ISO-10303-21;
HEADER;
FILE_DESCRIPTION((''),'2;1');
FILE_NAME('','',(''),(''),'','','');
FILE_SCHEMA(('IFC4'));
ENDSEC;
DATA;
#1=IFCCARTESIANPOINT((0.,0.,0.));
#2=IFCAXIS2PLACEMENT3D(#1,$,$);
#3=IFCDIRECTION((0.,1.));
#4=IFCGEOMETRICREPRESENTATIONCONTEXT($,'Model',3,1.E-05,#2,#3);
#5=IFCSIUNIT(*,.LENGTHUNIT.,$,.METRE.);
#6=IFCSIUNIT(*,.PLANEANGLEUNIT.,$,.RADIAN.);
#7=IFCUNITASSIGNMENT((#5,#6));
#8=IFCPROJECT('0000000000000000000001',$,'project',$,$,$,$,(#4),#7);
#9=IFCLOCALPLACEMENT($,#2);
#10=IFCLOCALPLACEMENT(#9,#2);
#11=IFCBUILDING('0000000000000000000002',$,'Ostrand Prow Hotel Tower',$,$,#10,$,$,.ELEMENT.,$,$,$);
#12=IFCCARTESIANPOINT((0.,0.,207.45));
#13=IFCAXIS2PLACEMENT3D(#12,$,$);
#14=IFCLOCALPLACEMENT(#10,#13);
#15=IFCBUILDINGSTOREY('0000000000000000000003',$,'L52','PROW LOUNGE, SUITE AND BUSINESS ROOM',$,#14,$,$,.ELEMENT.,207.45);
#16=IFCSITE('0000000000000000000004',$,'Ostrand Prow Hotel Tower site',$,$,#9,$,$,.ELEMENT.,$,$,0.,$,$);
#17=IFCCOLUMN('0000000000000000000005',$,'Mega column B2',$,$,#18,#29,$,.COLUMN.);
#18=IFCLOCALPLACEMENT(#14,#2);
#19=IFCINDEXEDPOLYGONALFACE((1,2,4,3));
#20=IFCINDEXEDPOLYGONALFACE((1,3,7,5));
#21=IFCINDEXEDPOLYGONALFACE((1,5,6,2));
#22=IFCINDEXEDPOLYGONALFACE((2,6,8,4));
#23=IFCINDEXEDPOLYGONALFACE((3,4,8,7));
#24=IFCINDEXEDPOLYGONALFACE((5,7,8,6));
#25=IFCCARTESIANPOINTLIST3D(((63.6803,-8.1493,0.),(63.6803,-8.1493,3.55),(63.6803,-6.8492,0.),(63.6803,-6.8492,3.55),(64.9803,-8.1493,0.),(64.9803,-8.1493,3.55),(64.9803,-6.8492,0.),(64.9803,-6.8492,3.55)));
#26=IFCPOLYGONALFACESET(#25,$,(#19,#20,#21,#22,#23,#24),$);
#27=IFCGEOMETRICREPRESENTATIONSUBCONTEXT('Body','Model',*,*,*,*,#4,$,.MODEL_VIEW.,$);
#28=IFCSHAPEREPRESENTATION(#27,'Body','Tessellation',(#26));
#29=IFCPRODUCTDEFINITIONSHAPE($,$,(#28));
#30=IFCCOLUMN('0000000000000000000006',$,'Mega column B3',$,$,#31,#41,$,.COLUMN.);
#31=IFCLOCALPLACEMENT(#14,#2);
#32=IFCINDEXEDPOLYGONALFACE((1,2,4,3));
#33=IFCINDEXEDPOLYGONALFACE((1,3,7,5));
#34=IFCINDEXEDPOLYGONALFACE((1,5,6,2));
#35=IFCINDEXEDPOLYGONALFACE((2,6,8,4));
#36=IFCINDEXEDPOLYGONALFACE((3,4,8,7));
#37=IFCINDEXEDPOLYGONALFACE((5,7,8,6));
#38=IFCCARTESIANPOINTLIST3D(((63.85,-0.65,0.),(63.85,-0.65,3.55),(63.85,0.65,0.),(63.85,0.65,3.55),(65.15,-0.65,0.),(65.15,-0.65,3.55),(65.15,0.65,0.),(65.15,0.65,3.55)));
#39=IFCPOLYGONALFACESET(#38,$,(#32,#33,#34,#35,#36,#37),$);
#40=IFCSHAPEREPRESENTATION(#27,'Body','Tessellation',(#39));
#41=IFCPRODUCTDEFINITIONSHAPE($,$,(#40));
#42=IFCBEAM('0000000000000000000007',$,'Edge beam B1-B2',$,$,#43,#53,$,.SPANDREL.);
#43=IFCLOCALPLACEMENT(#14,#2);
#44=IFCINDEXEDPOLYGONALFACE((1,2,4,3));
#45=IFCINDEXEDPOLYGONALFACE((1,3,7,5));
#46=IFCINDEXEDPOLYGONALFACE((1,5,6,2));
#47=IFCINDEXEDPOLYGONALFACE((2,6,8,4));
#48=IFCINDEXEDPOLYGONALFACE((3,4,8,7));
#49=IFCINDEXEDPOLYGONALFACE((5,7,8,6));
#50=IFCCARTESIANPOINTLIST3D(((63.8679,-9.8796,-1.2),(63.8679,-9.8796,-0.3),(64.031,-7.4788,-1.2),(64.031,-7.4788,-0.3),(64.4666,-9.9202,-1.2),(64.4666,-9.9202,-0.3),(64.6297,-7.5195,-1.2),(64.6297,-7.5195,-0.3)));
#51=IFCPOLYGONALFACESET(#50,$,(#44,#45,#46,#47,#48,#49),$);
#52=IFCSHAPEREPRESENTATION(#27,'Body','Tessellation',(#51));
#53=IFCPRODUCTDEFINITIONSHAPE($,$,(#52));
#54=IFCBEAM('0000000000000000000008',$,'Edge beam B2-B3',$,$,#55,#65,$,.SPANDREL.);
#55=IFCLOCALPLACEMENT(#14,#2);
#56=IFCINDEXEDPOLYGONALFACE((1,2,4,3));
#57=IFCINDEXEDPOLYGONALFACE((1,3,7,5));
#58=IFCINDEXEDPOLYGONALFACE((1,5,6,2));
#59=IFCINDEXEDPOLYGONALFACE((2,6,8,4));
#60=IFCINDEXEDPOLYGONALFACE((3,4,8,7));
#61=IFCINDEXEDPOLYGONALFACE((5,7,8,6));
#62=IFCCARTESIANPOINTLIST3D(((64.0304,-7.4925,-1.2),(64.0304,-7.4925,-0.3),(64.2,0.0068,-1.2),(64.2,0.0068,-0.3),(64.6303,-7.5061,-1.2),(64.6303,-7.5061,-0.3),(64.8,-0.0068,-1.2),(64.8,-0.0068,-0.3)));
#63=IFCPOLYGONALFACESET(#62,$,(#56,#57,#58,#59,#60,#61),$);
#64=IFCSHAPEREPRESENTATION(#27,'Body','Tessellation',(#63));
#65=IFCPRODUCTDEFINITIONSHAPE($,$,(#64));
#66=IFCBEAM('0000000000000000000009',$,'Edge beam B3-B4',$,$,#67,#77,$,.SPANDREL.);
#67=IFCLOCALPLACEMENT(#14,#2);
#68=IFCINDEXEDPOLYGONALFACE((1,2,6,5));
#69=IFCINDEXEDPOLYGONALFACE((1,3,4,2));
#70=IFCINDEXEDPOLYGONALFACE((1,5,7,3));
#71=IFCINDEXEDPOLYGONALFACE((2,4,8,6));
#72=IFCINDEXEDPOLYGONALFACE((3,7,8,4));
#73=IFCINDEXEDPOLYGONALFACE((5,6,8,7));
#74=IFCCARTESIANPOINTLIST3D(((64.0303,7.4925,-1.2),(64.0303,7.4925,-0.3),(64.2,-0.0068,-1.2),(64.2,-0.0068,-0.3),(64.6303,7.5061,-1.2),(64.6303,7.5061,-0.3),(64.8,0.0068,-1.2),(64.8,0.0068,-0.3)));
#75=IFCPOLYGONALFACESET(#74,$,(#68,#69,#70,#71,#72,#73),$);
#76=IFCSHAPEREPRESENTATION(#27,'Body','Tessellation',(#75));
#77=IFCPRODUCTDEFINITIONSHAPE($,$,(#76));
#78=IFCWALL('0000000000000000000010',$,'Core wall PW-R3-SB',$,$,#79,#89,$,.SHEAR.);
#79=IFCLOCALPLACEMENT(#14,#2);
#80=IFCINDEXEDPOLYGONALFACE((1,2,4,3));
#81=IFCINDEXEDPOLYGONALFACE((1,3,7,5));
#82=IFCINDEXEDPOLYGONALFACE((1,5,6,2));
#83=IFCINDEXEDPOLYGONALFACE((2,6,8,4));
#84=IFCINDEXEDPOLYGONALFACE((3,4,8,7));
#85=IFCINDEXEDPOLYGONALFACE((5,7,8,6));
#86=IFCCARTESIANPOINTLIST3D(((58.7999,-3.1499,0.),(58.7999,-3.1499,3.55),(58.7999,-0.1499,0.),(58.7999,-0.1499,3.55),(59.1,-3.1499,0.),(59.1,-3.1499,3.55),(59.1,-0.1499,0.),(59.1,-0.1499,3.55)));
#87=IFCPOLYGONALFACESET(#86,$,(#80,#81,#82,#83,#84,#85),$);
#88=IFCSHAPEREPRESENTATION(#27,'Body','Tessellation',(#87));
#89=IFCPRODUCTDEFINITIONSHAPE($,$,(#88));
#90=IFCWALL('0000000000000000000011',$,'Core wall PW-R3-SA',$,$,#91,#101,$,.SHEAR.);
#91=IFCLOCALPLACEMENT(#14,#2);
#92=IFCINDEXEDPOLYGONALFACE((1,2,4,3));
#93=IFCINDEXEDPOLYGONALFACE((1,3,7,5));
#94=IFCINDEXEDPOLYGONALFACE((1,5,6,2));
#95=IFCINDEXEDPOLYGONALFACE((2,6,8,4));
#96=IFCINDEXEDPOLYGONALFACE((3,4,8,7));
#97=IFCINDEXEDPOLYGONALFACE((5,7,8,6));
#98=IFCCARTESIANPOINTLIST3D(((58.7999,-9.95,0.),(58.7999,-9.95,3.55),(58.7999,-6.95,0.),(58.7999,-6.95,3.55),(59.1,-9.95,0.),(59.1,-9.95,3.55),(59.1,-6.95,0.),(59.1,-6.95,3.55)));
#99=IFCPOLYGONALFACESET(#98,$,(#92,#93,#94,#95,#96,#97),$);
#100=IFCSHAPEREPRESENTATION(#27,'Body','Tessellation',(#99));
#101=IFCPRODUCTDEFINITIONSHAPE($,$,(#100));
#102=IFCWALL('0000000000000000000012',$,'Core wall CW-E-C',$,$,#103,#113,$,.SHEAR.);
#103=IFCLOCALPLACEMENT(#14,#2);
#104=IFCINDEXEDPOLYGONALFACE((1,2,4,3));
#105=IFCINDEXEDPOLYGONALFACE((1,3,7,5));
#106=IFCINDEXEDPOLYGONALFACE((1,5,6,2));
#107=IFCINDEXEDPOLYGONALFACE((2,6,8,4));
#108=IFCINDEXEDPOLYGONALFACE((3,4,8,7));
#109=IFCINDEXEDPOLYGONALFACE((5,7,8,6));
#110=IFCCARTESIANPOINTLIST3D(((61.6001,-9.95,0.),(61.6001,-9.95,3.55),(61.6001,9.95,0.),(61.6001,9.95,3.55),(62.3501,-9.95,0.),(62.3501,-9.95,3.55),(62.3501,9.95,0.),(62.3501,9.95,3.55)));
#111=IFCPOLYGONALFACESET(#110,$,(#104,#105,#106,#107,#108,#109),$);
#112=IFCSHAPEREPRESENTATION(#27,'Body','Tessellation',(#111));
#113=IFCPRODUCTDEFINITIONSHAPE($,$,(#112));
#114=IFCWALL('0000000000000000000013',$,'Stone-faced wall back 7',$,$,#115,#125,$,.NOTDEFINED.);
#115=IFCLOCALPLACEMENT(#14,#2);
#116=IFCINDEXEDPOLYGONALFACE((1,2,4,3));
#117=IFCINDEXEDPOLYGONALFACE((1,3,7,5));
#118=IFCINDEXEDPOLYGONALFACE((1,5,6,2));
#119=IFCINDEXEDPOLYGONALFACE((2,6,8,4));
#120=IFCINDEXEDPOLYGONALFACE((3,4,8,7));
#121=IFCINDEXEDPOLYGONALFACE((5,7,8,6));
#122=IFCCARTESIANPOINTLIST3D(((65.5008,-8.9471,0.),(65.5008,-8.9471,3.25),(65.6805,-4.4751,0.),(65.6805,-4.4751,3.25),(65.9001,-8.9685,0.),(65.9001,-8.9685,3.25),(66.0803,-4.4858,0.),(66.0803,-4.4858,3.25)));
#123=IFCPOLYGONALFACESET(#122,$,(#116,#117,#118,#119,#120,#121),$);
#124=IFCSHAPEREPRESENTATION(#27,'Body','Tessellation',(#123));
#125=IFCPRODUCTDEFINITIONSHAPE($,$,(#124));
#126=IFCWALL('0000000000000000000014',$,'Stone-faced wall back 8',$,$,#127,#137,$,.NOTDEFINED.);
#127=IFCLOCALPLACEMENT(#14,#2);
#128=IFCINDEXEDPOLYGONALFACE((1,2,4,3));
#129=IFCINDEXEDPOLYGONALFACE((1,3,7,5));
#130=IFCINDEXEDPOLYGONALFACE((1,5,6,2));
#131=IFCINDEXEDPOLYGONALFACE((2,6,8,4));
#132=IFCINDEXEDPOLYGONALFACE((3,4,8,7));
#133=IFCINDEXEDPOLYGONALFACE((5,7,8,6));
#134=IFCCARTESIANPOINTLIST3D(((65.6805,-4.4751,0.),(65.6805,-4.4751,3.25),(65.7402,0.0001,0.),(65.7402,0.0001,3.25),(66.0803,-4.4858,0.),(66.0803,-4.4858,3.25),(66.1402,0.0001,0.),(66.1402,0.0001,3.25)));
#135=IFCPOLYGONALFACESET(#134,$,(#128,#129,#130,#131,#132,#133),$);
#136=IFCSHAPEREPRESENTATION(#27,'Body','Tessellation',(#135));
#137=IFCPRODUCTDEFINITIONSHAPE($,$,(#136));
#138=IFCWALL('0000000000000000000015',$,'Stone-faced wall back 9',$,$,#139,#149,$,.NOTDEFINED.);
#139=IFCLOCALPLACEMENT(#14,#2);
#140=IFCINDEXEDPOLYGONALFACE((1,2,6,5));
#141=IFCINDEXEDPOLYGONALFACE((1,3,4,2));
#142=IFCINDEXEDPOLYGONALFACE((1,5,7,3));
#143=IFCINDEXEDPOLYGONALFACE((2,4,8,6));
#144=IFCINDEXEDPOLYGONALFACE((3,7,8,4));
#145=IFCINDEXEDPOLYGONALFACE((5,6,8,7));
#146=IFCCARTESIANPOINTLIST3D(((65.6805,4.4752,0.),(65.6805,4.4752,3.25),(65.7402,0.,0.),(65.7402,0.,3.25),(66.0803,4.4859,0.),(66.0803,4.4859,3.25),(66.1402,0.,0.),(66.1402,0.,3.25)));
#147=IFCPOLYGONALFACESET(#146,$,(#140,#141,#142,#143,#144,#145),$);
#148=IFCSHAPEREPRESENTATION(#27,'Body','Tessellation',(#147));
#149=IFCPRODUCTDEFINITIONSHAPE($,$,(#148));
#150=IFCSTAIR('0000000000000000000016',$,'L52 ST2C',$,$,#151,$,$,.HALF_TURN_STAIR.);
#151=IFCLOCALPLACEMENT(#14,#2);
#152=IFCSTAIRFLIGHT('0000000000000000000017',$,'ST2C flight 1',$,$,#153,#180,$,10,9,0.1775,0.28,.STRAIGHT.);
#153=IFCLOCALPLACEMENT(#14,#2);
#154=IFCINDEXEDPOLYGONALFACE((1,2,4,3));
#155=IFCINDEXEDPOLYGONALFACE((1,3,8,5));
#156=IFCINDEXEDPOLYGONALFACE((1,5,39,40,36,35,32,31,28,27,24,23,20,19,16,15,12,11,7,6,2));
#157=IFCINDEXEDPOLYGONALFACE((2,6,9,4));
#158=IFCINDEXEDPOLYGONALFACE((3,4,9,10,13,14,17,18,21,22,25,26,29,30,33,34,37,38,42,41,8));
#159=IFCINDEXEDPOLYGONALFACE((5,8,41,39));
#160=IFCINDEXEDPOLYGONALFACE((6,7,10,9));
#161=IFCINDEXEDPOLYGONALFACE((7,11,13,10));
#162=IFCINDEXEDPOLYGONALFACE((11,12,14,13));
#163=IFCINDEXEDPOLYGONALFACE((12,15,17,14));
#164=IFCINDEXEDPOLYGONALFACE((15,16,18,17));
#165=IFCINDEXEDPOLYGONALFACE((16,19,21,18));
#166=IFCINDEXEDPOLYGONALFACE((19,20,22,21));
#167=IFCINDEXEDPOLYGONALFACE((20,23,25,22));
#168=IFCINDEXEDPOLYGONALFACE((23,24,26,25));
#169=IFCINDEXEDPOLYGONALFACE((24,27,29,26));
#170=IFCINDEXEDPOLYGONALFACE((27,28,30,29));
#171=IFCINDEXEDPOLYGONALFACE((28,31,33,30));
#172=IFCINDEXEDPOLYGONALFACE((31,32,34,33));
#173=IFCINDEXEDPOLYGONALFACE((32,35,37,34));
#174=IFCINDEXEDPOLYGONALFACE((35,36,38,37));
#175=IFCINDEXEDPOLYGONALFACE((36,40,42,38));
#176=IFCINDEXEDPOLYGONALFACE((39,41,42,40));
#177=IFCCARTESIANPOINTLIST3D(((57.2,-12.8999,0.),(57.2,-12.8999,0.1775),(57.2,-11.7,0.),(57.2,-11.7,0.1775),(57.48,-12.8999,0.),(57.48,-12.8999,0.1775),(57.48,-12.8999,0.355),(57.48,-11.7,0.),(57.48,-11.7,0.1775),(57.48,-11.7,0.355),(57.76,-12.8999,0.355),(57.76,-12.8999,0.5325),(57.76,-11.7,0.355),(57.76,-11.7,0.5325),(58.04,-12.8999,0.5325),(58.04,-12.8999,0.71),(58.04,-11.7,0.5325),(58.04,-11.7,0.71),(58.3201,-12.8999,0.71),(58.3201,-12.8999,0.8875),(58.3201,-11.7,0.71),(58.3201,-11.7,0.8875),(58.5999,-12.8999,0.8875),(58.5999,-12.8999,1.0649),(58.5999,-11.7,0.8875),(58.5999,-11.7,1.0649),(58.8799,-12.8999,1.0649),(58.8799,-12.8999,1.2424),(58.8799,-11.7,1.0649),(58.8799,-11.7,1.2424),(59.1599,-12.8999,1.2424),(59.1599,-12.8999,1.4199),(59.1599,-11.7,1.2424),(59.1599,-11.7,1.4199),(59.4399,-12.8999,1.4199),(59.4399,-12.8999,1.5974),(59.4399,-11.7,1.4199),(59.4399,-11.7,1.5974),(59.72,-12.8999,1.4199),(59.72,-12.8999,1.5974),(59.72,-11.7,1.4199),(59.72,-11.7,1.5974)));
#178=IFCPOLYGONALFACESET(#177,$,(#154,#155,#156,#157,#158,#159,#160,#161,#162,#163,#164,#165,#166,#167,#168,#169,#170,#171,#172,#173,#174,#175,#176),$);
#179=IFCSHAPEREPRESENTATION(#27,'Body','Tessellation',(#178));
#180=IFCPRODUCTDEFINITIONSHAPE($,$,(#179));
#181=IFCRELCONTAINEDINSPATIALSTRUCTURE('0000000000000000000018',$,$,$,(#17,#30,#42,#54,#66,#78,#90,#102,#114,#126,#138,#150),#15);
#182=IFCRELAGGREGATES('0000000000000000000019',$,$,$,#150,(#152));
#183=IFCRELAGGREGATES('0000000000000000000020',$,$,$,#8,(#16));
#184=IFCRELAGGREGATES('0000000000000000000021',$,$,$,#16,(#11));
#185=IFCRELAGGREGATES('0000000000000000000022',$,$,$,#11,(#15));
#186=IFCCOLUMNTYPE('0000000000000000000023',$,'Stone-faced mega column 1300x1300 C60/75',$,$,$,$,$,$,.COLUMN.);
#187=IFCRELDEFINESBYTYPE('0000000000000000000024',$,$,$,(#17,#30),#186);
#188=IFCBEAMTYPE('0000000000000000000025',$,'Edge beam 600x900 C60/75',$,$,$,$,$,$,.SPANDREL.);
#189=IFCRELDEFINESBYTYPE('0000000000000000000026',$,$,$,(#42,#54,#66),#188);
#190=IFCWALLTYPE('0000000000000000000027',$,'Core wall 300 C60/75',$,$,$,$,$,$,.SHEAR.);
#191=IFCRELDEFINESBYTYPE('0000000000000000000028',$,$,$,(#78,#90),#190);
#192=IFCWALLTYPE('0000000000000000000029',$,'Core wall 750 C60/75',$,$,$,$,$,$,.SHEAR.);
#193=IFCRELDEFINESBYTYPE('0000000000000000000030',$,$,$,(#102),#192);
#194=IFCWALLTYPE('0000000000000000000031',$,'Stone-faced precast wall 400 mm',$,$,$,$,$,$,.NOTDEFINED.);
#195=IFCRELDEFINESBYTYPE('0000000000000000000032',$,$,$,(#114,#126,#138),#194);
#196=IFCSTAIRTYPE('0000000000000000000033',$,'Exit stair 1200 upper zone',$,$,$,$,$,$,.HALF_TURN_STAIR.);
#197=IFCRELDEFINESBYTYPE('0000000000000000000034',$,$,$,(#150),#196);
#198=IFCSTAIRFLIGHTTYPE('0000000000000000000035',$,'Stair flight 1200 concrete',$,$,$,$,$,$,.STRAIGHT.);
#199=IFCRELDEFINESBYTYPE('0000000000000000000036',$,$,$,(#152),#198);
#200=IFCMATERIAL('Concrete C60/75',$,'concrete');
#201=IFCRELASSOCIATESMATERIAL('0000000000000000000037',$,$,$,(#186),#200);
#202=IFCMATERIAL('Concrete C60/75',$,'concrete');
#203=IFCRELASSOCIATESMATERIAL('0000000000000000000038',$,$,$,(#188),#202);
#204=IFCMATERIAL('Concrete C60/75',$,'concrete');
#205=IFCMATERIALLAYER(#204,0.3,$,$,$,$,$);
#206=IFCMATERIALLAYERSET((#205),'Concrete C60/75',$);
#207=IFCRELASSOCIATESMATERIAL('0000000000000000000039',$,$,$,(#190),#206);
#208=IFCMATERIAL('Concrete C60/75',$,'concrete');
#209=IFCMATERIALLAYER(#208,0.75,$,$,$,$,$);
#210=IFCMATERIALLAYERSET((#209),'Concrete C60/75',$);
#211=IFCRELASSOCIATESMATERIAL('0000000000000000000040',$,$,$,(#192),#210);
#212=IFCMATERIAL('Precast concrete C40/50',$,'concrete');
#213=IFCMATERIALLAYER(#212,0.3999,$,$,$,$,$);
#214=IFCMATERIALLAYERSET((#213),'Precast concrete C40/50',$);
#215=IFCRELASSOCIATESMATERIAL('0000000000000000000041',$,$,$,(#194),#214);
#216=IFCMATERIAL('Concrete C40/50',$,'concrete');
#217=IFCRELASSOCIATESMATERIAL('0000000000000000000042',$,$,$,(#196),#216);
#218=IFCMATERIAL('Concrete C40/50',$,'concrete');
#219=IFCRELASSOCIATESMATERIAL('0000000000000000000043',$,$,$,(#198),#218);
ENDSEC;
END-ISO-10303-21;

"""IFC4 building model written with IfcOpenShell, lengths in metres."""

from ifc_helpers import new_model, si_unit, direction, frame, frame_2d, origin, origin_2d, place, context, subcontext, project, spatial, polyline, rectangle, outline, extrude, material, layer, layer_set, material_profile, profile_set, type_object, element, aggregate, save


model = new_model("IFC4")

# Units and contexts
model_context = context("Model", 3, precision=1e-05, world=origin(), true_north=direction((0.0, 1.0)))
body_context = subcontext(model_context, "Body", "Model", "MODEL_VIEW")
ifc_project = project(units=[si_unit("LENGTHUNIT", "METRE"), si_unit("PLANEANGLEUNIT", "RADIAN")], contexts=[model_context])

# Site, building, storey
site_placement = place(None, origin())
site = spatial("IfcSite", under=ifc_project, at=site_placement, Name="Ostrand Prow Hotel Tower site", CompositionType="ELEMENT", RefElevation=0.0)
building_placement = place(site_placement, origin())
building = spatial("IfcBuilding", under=site, at=building_placement, Name="Ostrand Prow Hotel Tower", CompositionType="ELEMENT")
storey_placement = place(building_placement, frame((0.0, 0.0, 207.45)))
storey = spatial("IfcBuildingStorey", under=building, at=storey_placement, Name="L52", Description="PROW LOUNGE, SUITE AND BUSINESS ROOM", CompositionType="ELEMENT", Elevation=207.45)

# Columns
ifc_material_1 = material(Name="Concrete C60/75", Category="concrete")
ifc_material_profile_1 = material_profile(ifc_material_1, rectangle(XDim=1.3, YDim=1.3, at=origin_2d()), Name="RC 1300x1300")
ifc_profile_set_1 = profile_set([ifc_material_profile_1], Name="Concrete C60/75")
column_type = type_object("IfcColumnType", Name="Stone-faced mega column 1300x1300 C60/75", PredefinedType="COLUMN", material=ifc_profile_set_1)
for number, where, z_axis, x_axis, name in (
    (1, (64.3303, -7.4993, 0.0), (0.0, 0.0, 1.0), (1.0, 0.0, 0.0), "Mega column B2"),
    (2, (64.5, 0.0, 0.0), (0.0, 0.0, 1.0), (1.0, 0.0, 0.0), "Mega column B3"),
):
    element("IfcColumn", number, at=place(storey_placement, frame(where, z_axis=z_axis, x_axis=x_axis)), inside=storey, type_object=column_type, Name=name, PredefinedType="COLUMN", context=body_context, shape_type="SweptSolid", body=[
        extrude(rectangle(XDim=1.3, YDim=1.3, at=origin_2d()), origin(), (0.0, 0.0, 1.0), 3.55),
    ])

# Beams
ifc_material_2 = material(Name="Concrete C60/75", Category="concrete")
ifc_material_profile_2 = material_profile(ifc_material_2, rectangle(XDim=0.6001, YDim=0.8999, at=origin_2d()), Name="RC 600x900")
ifc_profile_set_2 = profile_set([ifc_material_profile_2], Name="Concrete C60/75")
beam_type = type_object("IfcBeamType", Name="Edge beam 600x900 C60/75", PredefinedType="SPANDREL", material=ifc_profile_set_2)
beam_placement = place(storey_placement, frame((64.1672, -9.8999, -0.75), z_axis=(0.067778, 0.9977, 0.0), x_axis=(-0.9977, 0.067778, 0.0)))
element("IfcBeam", 3, at=beam_placement, inside=storey, type_object=beam_type, Name="Edge beam B1-B2", PredefinedType="SPANDREL", context=body_context, shape_type="SweptSolid", body=[
    extrude(rectangle(XDim=0.6001, YDim=0.8999, at=origin_2d()), origin(), (0.0, 0.0, 1.0), 2.4062),
])
for number, where, z_axis, x_axis, name in (
    (4, (64.3303, -7.4993, -0.75), (0.02262, 0.999744, 0.0), (-0.999744, 0.02262, 0.0), "Edge beam B2-B3"),
    (5, (64.5, 0.0, -0.75), (-0.02262, 0.999744, 0.0), (-0.999744, -0.02262, 0.0), "Edge beam B3-B4"),
):
    element("IfcBeam", number, at=place(storey_placement, frame(where, z_axis=z_axis, x_axis=x_axis)), inside=storey, type_object=beam_type, Name=name, PredefinedType="SPANDREL", context=body_context, shape_type="SweptSolid", body=[
        extrude(rectangle(XDim=0.6001, YDim=0.8999, at=origin_2d()), origin(), (0.0, 0.0, 1.0), 7.5012),
    ])

# Walls
ifc_material_3 = material(Name="Concrete C60/75", Category="concrete")
ifc_layer_1 = layer(ifc_material_3, 0.3)
ifc_layer_set_1 = layer_set([ifc_layer_1], Name="Concrete C60/75")
wall_type_1 = type_object("IfcWallType", Name="Core wall 300 C60/75", PredefinedType="SHEAR", material=ifc_layer_set_1)
for number, where, z_axis, x_axis, name in (
    (6, (58.95, -3.1499, 0.0), (0.0, 0.0, 1.0), (0.0, 1.0, 0.0), "Core wall PW-R3-SB"),
    (7, (58.95, -9.95, 0.0), (0.0, 0.0, 1.0), (0.0, 1.0, 0.0), "Core wall PW-R3-SA"),
):
    element("IfcWall", number, at=place(storey_placement, frame(where, z_axis=z_axis, x_axis=x_axis)), inside=storey, type_object=wall_type_1, Name=name, PredefinedType="SHEAR", context=body_context, shape_type="SweptSolid", body=[
        extrude(rectangle(XDim=3.0, YDim=0.3, at=frame_2d((1.5, 0.0))), origin(), (0.0, 0.0, 1.0), 3.55),
    ])
ifc_material_4 = material(Name="Concrete C60/75", Category="concrete")
ifc_layer_2 = layer(ifc_material_4, 0.75)
ifc_layer_set_2 = layer_set([ifc_layer_2], Name="Concrete C60/75")
wall_type_2 = type_object("IfcWallType", Name="Core wall 750 C60/75", PredefinedType="SHEAR", material=ifc_layer_set_2)
wall_placement = place(storey_placement, frame((61.9751, -9.95, 0.0), z_axis=(0.0, 0.0, 1.0), x_axis=(0.0, 1.0, 0.0)))
element("IfcWall", 8, at=wall_placement, inside=storey, type_object=wall_type_2, Name="Core wall CW-E-C", PredefinedType="SHEAR", context=body_context, shape_type="SweptSolid", body=[
    extrude(rectangle(XDim=19.8999, YDim=0.75, at=frame_2d((9.95, 0.0))), origin(), (0.0, 0.0, 1.0), 3.55),
])
ifc_material_5 = material(Name="Precast concrete C40/50", Category="concrete")
ifc_layer_3 = layer(ifc_material_5, 0.3999)
ifc_layer_set_3 = layer_set([ifc_layer_3], Name="Precast concrete C40/50")
wall_type_3 = type_object("IfcWallType", Name="Stone-faced precast wall 400 mm", PredefinedType="NOTDEFINED", material=ifc_layer_set_3)
for number, where, z_axis, x_axis, name in (
    (9, (65.7004, -8.9578, 0.0), (0.0, 0.0, 1.0), (0.040155, 0.999193, 0.0), "Stone-faced wall back 7"),
    (10, (65.8804, -4.4805, 0.0), (0.0, 0.0, 1.0), (0.013349, 0.999911, 0.0), "Stone-faced wall back 8"),
    (11, (65.9402, 0.0, 0.0), (0.0, 0.0, 1.0), (-0.013349, 0.999911, 0.0), "Stone-faced wall back 9"),
):
    element("IfcWall", number, at=place(storey_placement, frame(where, z_axis=z_axis, x_axis=x_axis)), inside=storey, type_object=wall_type_3, Name=name, PredefinedType="NOTDEFINED", context=body_context, shape_type="SweptSolid", body=[
        extrude(outline(polyline([(-0.0027, -0.2), (4.4836, -0.2), (4.4783, 0.2), (0.0027, 0.2), (-0.0027, -0.2)])), origin(), (0.0, 0.0, 1.0), 3.25),
    ])

# Stair, stair flight
ifc_material_6 = material(Name="Concrete C40/50", Category="concrete")
stair_type = type_object("IfcStairType", Name="Exit stair 1200 upper zone", PredefinedType="HALF_TURN_STAIR", material=ifc_material_6)
stair_placement = place(storey_placement, origin())
stair = element("IfcStair", 12, at=stair_placement, inside=storey, type_object=stair_type, Name="L52 ST2C", PredefinedType="HALF_TURN_STAIR")
ifc_material_7 = material(Name="Concrete C40/50", Category="concrete")
stair_flight_type = type_object("IfcStairFlightType", Name="Stair flight 1200 concrete", PredefinedType="STRAIGHT", material=ifc_material_7)
stair_flight_1_placement = place(storey_placement, frame((57.2, -12.3, 0.0), z_axis=(0.0, 0.0, 1.0), x_axis=(1.0, 0.0, 0.0)))
stair_flight_1 = element("IfcStairFlight", 13, at=stair_flight_1_placement, type_object=stair_flight_type, Name="ST2C flight 1", NumberOfRisers=10, NumberOfTreads=9, PredefinedType="STRAIGHT", RiserHeight=0.1775, TreadLength=0.28, context=body_context, shape_type="SweptSolid", body=[
    extrude(outline(polyline([(0.0, 0.0), (0.0, 0.1775), (0.28, 0.1775), (0.28, 0.355), (0.5601, 0.355), (0.5601, 0.5325), (0.8401, 0.5325), (0.8401, 0.71), (1.1201, 0.71), (1.1201, 0.8875), (1.3999, 0.8875), (1.3999, 1.0649), (1.6799, 1.0649), (1.6799, 1.2424), (1.96, 1.2424), (1.96, 1.4199), (2.24, 1.4199), (2.24, 1.5974), (2.52, 1.5974), (2.52, 1.7749), (2.52, 1.4199), (0.28, 0.0), (0.0, 0.0)])), frame((0.0, 0.6001, 0.0), z_axis=(0.0, -1.0, 0.0), x_axis=(1.0, 0.0, 0.0)), (0.0, 0.0, 1.0), 1.2),
])
aggregate(stair, [stair_flight_1])

save(model, "model.ifc")
